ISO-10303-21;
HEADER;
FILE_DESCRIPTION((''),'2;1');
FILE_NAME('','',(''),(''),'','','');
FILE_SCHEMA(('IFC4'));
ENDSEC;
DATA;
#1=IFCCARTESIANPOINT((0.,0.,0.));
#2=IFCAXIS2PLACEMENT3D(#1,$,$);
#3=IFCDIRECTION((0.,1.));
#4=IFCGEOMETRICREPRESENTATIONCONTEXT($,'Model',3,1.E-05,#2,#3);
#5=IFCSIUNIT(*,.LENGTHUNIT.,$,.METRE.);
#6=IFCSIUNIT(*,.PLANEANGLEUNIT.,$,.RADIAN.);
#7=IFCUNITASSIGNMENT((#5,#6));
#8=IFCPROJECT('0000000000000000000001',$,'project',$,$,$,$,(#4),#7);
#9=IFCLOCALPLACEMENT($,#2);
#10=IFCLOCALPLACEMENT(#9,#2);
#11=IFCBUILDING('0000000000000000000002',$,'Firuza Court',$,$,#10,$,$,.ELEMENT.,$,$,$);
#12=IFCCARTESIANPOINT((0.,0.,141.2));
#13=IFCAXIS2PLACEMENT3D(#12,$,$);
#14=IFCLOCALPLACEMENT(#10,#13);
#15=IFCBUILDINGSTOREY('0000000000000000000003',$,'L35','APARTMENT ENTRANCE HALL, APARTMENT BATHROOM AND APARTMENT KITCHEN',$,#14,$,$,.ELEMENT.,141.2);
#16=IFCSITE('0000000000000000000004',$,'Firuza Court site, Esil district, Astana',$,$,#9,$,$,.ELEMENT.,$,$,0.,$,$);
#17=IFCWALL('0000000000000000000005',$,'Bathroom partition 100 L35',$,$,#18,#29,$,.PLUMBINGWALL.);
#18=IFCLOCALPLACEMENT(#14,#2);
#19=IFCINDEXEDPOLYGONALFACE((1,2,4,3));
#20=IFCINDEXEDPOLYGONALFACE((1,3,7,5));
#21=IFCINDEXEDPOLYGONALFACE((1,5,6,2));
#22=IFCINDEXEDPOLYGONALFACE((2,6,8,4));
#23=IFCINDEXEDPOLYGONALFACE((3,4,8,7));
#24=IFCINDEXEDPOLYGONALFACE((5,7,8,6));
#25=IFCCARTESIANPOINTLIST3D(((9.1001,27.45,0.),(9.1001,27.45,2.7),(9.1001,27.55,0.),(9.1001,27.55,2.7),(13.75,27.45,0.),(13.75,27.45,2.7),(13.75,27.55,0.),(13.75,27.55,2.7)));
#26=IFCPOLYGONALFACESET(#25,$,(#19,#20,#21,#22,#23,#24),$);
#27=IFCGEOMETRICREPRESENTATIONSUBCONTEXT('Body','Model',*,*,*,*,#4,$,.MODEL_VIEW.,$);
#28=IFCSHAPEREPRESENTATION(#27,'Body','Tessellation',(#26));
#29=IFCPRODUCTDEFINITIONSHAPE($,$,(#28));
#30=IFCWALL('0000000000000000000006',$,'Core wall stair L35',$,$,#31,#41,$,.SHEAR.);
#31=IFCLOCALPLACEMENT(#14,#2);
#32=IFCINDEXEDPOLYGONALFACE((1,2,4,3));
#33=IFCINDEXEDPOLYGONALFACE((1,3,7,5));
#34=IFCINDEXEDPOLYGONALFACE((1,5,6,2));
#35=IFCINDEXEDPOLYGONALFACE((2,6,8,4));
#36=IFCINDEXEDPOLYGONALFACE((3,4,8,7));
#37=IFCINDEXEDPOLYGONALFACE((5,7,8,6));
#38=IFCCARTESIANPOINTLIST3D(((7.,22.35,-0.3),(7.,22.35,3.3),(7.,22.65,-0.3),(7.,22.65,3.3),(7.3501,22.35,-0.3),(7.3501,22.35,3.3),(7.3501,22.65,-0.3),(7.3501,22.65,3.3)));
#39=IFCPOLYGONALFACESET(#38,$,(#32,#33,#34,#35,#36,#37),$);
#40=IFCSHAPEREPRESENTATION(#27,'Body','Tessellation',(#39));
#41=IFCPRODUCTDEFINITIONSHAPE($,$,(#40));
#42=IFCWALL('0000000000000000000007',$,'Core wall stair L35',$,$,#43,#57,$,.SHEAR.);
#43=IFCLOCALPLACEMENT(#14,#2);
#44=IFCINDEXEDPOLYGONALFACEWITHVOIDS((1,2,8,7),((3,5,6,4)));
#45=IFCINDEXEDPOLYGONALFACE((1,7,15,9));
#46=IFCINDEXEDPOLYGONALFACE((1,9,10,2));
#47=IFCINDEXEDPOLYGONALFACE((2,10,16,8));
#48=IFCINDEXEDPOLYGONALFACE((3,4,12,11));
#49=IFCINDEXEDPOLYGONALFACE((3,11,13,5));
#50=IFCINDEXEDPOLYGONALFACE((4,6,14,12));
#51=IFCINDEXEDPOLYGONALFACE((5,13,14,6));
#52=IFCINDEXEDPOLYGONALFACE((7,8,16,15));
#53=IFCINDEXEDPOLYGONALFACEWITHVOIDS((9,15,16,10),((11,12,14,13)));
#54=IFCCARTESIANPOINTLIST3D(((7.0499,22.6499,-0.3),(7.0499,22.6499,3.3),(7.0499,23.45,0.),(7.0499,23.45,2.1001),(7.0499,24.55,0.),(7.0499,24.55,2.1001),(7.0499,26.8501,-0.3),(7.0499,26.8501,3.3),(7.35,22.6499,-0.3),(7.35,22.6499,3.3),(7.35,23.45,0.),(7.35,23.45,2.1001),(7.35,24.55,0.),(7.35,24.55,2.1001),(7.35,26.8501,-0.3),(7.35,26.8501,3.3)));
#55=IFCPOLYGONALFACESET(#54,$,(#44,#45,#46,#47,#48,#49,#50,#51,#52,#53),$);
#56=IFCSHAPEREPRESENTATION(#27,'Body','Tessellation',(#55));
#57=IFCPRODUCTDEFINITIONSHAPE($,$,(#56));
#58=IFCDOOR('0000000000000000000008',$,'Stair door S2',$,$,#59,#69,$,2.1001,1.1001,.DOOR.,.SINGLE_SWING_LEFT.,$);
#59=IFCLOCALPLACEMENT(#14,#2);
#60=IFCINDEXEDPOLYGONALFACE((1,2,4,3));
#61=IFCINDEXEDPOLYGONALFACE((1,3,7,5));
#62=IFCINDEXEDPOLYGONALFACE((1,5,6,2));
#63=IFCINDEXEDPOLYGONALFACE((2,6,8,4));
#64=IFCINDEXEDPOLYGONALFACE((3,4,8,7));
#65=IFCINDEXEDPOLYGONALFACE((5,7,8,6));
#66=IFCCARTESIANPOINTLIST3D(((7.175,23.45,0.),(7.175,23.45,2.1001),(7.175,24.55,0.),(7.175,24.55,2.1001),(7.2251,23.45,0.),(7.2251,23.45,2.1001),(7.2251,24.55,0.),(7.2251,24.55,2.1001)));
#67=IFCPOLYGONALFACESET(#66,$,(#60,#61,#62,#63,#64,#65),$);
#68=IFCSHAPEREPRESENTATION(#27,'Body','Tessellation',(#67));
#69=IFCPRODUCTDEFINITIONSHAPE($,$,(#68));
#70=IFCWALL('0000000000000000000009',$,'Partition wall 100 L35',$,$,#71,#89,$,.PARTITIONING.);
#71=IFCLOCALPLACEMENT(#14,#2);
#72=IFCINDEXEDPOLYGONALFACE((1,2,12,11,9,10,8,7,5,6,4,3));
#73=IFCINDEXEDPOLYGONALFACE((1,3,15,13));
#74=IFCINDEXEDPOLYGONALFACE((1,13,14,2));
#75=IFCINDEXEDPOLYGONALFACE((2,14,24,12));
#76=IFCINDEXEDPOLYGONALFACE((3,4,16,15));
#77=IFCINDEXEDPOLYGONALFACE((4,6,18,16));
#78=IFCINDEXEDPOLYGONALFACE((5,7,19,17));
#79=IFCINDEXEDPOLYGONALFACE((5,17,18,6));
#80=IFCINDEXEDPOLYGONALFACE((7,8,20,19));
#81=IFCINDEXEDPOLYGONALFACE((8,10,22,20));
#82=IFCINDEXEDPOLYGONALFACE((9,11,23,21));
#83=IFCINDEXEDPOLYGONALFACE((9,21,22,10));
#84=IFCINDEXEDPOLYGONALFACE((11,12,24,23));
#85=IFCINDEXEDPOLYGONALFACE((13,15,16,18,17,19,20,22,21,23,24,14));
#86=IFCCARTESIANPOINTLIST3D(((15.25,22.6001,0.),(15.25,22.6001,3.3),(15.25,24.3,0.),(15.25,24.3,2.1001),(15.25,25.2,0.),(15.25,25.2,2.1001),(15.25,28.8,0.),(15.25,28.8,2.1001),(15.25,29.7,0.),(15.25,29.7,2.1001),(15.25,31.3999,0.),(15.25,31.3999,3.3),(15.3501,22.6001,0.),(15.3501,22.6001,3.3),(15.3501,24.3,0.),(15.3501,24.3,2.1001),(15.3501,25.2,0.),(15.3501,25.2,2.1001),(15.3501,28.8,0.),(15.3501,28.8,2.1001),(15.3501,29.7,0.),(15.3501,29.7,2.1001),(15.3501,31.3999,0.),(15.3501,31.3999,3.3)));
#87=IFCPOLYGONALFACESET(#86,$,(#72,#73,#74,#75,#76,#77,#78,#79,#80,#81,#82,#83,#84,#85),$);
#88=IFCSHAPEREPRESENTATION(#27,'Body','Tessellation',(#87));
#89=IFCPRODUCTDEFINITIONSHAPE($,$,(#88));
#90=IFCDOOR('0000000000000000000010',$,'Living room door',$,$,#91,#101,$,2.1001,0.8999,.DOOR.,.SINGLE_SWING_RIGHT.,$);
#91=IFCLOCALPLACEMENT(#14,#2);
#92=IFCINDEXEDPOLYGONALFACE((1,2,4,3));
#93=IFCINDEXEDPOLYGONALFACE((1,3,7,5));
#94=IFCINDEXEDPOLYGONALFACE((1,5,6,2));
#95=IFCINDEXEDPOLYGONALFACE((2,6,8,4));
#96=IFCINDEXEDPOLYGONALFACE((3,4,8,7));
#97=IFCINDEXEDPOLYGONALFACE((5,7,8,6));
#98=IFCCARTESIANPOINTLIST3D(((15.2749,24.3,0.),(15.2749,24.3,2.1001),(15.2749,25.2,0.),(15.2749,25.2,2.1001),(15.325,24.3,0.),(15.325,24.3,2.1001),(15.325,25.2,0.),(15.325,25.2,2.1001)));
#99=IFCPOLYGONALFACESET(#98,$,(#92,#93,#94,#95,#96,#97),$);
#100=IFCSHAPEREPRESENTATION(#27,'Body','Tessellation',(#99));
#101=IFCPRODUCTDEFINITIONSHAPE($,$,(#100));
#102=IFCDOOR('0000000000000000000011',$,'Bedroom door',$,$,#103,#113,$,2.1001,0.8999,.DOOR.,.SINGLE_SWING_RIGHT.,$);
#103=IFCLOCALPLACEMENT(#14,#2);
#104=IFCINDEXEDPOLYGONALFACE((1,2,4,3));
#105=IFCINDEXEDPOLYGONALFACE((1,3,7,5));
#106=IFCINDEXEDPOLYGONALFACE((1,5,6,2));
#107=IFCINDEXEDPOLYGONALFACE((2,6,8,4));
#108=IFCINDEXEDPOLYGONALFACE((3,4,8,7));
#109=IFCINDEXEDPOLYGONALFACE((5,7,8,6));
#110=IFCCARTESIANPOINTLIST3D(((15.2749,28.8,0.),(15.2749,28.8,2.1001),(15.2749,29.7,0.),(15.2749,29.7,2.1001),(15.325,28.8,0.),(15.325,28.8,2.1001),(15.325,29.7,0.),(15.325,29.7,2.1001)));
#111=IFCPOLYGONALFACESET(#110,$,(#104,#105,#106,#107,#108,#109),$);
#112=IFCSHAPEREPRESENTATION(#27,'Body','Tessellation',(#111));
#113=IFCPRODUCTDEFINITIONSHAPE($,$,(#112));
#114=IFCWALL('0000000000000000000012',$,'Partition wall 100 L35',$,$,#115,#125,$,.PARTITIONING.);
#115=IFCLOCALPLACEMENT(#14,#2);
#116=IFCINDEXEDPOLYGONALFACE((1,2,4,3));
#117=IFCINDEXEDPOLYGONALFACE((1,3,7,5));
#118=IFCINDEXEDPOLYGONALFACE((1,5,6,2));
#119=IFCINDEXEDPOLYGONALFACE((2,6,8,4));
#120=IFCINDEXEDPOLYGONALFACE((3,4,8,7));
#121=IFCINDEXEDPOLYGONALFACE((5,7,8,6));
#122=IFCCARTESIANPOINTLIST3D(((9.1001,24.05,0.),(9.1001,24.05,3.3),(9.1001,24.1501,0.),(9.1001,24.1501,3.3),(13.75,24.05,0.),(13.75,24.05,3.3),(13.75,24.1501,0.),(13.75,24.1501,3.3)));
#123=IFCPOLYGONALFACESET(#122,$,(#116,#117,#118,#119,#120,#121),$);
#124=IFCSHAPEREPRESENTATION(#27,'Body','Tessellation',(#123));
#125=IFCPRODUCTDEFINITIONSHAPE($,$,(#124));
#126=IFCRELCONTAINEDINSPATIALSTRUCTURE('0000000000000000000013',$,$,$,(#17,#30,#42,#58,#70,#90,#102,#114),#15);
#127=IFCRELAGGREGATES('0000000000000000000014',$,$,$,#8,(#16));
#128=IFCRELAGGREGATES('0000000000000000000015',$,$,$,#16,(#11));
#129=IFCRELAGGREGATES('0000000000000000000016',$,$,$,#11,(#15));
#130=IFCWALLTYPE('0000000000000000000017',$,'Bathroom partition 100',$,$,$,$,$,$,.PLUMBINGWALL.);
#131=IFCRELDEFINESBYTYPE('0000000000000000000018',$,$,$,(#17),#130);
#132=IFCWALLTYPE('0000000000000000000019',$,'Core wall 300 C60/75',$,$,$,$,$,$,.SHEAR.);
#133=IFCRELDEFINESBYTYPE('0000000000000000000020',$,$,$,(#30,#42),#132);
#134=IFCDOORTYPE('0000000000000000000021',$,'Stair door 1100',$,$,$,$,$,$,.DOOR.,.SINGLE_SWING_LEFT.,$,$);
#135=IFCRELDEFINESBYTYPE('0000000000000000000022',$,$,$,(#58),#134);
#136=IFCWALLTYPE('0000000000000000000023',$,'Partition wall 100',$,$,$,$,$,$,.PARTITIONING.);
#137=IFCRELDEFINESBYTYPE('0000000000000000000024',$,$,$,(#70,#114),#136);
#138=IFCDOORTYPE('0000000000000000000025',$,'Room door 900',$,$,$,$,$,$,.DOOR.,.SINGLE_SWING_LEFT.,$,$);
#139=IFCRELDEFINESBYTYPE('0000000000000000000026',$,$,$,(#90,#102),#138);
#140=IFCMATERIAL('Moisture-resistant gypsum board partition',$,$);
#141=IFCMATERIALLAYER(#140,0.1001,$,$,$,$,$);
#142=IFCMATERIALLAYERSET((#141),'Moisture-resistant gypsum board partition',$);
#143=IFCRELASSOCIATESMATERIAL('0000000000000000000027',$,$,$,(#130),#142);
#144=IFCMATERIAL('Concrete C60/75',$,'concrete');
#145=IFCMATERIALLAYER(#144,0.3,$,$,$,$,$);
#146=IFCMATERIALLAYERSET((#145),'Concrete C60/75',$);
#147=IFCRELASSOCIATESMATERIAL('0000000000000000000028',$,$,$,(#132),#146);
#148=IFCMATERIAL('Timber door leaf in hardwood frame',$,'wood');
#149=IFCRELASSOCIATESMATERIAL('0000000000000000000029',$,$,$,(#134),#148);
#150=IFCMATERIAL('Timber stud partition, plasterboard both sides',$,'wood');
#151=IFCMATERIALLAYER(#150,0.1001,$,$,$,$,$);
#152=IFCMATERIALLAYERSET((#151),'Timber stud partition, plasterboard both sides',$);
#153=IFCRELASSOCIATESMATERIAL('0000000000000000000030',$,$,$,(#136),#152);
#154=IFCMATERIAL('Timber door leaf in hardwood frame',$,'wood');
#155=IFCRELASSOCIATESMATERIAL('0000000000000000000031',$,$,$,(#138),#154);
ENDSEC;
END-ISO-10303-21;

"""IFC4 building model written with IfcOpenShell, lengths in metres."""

from ifc_helpers import new_model, si_unit, direction, frame, frame_2d, origin, place, context, subcontext, project, spatial, rectangle, extrude, material, layer, layer_set, type_object, element, fill, save


model = new_model("IFC4")

# Units and contexts
model_context = context("Model", 3, precision=1e-05, world=origin(), true_north=direction((0.0, 1.0)))
body_context = subcontext(model_context, "Body", "Model", "MODEL_VIEW")
ifc_project = project(units=[si_unit("LENGTHUNIT", "METRE"), si_unit("PLANEANGLEUNIT", "RADIAN")], contexts=[model_context])

# Site, building, storey
site_placement = place(None, origin())
site = spatial("IfcSite", under=ifc_project, at=site_placement, Name="Firuza Court site, Esil district, Astana", CompositionType="ELEMENT", RefElevation=0.0)
building_placement = place(site_placement, origin())
building = spatial("IfcBuilding", under=site, at=building_placement, Name="Firuza Court", CompositionType="ELEMENT")
storey_placement = place(building_placement, frame((0.0, 0.0, 141.2)))
storey = spatial("IfcBuildingStorey", under=building, at=storey_placement, Name="L35", Description="APARTMENT ENTRANCE HALL, APARTMENT BATHROOM AND APARTMENT KITCHEN", CompositionType="ELEMENT", Elevation=141.2)

# Walls
ifc_material_1 = material(Name="Moisture-resistant gypsum board partition")
ifc_layer_1 = layer(ifc_material_1, 0.1001)
ifc_layer_set_1 = layer_set([ifc_layer_1], Name="Moisture-resistant gypsum board partition")
wall_type_1 = type_object("IfcWallType", Name="Bathroom partition 100", PredefinedType="PLUMBINGWALL", material=ifc_layer_set_1)
wall_1_placement = place(storey_placement, frame((9.1001, 27.5, 0.0), z_axis=(0.0, 0.0, 1.0), x_axis=(1.0, 0.0, 0.0)))
element("IfcWall", 1, at=wall_1_placement, inside=storey, type_object=wall_type_1, Name="Bathroom partition 100 L35", PredefinedType="PLUMBINGWALL", context=body_context, shape_type="SweptSolid", body=[
    extrude(rectangle(XDim=4.6499, YDim=0.1001, at=frame_2d((2.325, 0.0))), origin(), (0.0, 0.0, 1.0), 2.7),
])
ifc_material_2 = material(Name="Concrete C60/75", Category="concrete")
ifc_layer_2 = layer(ifc_material_2, 0.3)
ifc_layer_set_2 = layer_set([ifc_layer_2], Name="Concrete C60/75")
wall_type_2 = type_object("IfcWallType", Name="Core wall 300 C60/75", PredefinedType="SHEAR", material=ifc_layer_set_2)
wall_2_placement = place(storey_placement, frame((7.0, 22.5, -0.3), z_axis=(0.0, 0.0, 1.0), x_axis=(1.0, 0.0, 0.0)))
element("IfcWall", 2, at=wall_2_placement, inside=storey, type_object=wall_type_2, Name="Core wall stair L35", PredefinedType="SHEAR", context=body_context, shape_type="SweptSolid", body=[
    extrude(rectangle(XDim=0.3501, YDim=0.3, at=frame_2d((0.175, 0.0))), origin(), (0.0, 0.0, 1.0), 3.6001),
])

# Wall, opening, door
wall_3_placement = place(storey_placement, frame((7.2, 22.6499, -0.3), z_axis=(0.0, 0.0, 1.0), x_axis=(0.0, 1.0, 0.0)))
wall_3 = element("IfcWall", 3, at=wall_3_placement, inside=storey, type_object=wall_type_2, Name="Core wall stair L35", PredefinedType="SHEAR", context=body_context, shape_type="SweptSolid", body=[
    extrude(rectangle(XDim=4.2002, YDim=0.3, at=frame_2d((2.1001, 0.0))), origin(), (0.0, 0.0, 1.0), 3.6001),
])
opening_1_placement = place(wall_3_placement, frame((0.8, 0.0, 0.3)))
opening_1 = element("IfcOpeningElement", 4, at=opening_1_placement, cuts=wall_3, PredefinedType="OPENING", context=body_context, shape_type="SweptSolid", body=[
    extrude(rectangle(XDim=1.1001, YDim=2.1001, at=frame_2d((0.55, 1.05))), frame((0.0, 0.1621, 0.0), z_axis=(0.0, -1.0, 0.0), x_axis=(1.0, 0.0, 0.0)), (0.0, 0.0, 1.0), 0.324),
])
ifc_material_3 = material(Name="Timber door leaf in hardwood frame", Category="wood")
door_type_1 = type_object("IfcDoorType", Name="Stair door 1100", OperationType="SINGLE_SWING_LEFT", PredefinedType="DOOR", material=ifc_material_3)
door_1_placement = place(opening_1_placement, origin())
door_1 = element("IfcDoor", 5, at=door_1_placement, inside=storey, type_object=door_type_1, Name="Stair door S2", OperationType="SINGLE_SWING_LEFT", OverallHeight=2.1001, OverallWidth=1.1001, PredefinedType="DOOR", context=body_context, shape_type="SweptSolid", body=[
    extrude(rectangle(XDim=1.1001, YDim=2.1001, at=frame_2d((0.55, 1.05))), frame((0.0, 0.0249, 0.0), z_axis=(0.0, -1.0, 0.0), x_axis=(1.0, 0.0, 0.0)), (0.0, 0.0, 1.0), 0.05),
])
fill(opening_1, door_1)

# Wall, openings, doors
ifc_material_4 = material(Name="Timber stud partition, plasterboard both sides", Category="wood")
ifc_layer_3 = layer(ifc_material_4, 0.1001)
ifc_layer_set_3 = layer_set([ifc_layer_3], Name="Timber stud partition, plasterboard both sides")
wall_type_3 = type_object("IfcWallType", Name="Partition wall 100", PredefinedType="PARTITIONING", material=ifc_layer_set_3)
wall_4_placement = place(storey_placement, frame((15.3, 22.6001, 0.0), z_axis=(0.0, 0.0, 1.0), x_axis=(0.0, 1.0, 0.0)))
wall_4 = element("IfcWall", 6, at=wall_4_placement, inside=storey, type_object=wall_type_3, Name="Partition wall 100 L35", PredefinedType="PARTITIONING", context=body_context, shape_type="SweptSolid", body=[
    extrude(rectangle(XDim=8.7998, YDim=0.1001, at=frame_2d((4.3999, 0.0))), origin(), (0.0, 0.0, 1.0), 3.3),
])
opening_2_placement = place(wall_4_placement, frame((1.7, 0.0, 0.0)))
opening_2 = element("IfcOpeningElement", 7, at=opening_2_placement, cuts=wall_4, PredefinedType="OPENING", context=body_context, shape_type="SweptSolid", body=[
    extrude(rectangle(XDim=0.8999, YDim=2.1001, at=frame_2d((0.45, 1.05))), frame((0.0, 0.062, 0.0), z_axis=(0.0, -1.0, 0.0), x_axis=(1.0, 0.0, 0.0)), (0.0, 0.0, 1.0), 0.124),
])
opening_3_placement = place(wall_4_placement, frame((6.2, 0.0, 0.0)))
opening_3 = element("IfcOpeningElement", 8, at=opening_3_placement, cuts=wall_4, PredefinedType="OPENING", context=body_context, shape_type="SweptSolid", body=[
    extrude(rectangle(XDim=0.8999, YDim=2.1001, at=frame_2d((0.45, 1.05))), frame((0.0, 0.062, 0.0), z_axis=(0.0, -1.0, 0.0), x_axis=(1.0, 0.0, 0.0)), (0.0, 0.0, 1.0), 0.124),
])
ifc_material_5 = material(Name="Timber door leaf in hardwood frame", Category="wood")
door_type_2 = type_object("IfcDoorType", Name="Room door 900", OperationType="SINGLE_SWING_LEFT", PredefinedType="DOOR", material=ifc_material_5)
door_2_placement = place(opening_2_placement, frame((0.8999, 0.0, 0.0), z_axis=(0.0, 0.0, 1.0), x_axis=(-1.0, 0.0, 0.0)))
door_2 = element("IfcDoor", 9, at=door_2_placement, inside=storey, type_object=door_type_2, Name="Living room door", OperationType="SINGLE_SWING_RIGHT", OverallHeight=2.1001, OverallWidth=0.8999, PredefinedType="DOOR", context=body_context, shape_type="SweptSolid", body=[
    extrude(rectangle(XDim=0.8999, YDim=2.1001, at=frame_2d((0.45, 1.05))), frame((0.0, 0.0249, 0.0), z_axis=(0.0, -1.0, 0.0), x_axis=(1.0, 0.0, 0.0)), (0.0, 0.0, 1.0), 0.05),
])
fill(opening_2, door_2)
door_3_placement = place(opening_3_placement, frame((0.8999, 0.0, 0.0), z_axis=(0.0, 0.0, 1.0), x_axis=(-1.0, 0.0, 0.0)))
door_3 = element("IfcDoor", 10, at=door_3_placement, inside=storey, type_object=door_type_2, Name="Bedroom door", OperationType="SINGLE_SWING_RIGHT", OverallHeight=2.1001, OverallWidth=0.8999, PredefinedType="DOOR", context=body_context, shape_type="SweptSolid", body=[
    extrude(rectangle(XDim=0.8999, YDim=2.1001, at=frame_2d((0.45, 1.05))), frame((0.0, 0.0249, 0.0), z_axis=(0.0, -1.0, 0.0), x_axis=(1.0, 0.0, 0.0)), (0.0, 0.0, 1.0), 0.05),
])
fill(opening_3, door_3)

# Wall
wall_5_placement = place(storey_placement, frame((9.1001, 24.1001, 0.0), z_axis=(0.0, 0.0, 1.0), x_axis=(1.0, 0.0, 0.0)))
element("IfcWall", 11, at=wall_5_placement, inside=storey, type_object=wall_type_3, Name="Partition wall 100 L35", PredefinedType="PARTITIONING", context=body_context, shape_type="SweptSolid", body=[
    extrude(rectangle(XDim=4.6499, YDim=0.1001, at=frame_2d((2.325, 0.0))), origin(), (0.0, 0.0, 1.0), 3.3),
])

save(model, "model.ifc")
